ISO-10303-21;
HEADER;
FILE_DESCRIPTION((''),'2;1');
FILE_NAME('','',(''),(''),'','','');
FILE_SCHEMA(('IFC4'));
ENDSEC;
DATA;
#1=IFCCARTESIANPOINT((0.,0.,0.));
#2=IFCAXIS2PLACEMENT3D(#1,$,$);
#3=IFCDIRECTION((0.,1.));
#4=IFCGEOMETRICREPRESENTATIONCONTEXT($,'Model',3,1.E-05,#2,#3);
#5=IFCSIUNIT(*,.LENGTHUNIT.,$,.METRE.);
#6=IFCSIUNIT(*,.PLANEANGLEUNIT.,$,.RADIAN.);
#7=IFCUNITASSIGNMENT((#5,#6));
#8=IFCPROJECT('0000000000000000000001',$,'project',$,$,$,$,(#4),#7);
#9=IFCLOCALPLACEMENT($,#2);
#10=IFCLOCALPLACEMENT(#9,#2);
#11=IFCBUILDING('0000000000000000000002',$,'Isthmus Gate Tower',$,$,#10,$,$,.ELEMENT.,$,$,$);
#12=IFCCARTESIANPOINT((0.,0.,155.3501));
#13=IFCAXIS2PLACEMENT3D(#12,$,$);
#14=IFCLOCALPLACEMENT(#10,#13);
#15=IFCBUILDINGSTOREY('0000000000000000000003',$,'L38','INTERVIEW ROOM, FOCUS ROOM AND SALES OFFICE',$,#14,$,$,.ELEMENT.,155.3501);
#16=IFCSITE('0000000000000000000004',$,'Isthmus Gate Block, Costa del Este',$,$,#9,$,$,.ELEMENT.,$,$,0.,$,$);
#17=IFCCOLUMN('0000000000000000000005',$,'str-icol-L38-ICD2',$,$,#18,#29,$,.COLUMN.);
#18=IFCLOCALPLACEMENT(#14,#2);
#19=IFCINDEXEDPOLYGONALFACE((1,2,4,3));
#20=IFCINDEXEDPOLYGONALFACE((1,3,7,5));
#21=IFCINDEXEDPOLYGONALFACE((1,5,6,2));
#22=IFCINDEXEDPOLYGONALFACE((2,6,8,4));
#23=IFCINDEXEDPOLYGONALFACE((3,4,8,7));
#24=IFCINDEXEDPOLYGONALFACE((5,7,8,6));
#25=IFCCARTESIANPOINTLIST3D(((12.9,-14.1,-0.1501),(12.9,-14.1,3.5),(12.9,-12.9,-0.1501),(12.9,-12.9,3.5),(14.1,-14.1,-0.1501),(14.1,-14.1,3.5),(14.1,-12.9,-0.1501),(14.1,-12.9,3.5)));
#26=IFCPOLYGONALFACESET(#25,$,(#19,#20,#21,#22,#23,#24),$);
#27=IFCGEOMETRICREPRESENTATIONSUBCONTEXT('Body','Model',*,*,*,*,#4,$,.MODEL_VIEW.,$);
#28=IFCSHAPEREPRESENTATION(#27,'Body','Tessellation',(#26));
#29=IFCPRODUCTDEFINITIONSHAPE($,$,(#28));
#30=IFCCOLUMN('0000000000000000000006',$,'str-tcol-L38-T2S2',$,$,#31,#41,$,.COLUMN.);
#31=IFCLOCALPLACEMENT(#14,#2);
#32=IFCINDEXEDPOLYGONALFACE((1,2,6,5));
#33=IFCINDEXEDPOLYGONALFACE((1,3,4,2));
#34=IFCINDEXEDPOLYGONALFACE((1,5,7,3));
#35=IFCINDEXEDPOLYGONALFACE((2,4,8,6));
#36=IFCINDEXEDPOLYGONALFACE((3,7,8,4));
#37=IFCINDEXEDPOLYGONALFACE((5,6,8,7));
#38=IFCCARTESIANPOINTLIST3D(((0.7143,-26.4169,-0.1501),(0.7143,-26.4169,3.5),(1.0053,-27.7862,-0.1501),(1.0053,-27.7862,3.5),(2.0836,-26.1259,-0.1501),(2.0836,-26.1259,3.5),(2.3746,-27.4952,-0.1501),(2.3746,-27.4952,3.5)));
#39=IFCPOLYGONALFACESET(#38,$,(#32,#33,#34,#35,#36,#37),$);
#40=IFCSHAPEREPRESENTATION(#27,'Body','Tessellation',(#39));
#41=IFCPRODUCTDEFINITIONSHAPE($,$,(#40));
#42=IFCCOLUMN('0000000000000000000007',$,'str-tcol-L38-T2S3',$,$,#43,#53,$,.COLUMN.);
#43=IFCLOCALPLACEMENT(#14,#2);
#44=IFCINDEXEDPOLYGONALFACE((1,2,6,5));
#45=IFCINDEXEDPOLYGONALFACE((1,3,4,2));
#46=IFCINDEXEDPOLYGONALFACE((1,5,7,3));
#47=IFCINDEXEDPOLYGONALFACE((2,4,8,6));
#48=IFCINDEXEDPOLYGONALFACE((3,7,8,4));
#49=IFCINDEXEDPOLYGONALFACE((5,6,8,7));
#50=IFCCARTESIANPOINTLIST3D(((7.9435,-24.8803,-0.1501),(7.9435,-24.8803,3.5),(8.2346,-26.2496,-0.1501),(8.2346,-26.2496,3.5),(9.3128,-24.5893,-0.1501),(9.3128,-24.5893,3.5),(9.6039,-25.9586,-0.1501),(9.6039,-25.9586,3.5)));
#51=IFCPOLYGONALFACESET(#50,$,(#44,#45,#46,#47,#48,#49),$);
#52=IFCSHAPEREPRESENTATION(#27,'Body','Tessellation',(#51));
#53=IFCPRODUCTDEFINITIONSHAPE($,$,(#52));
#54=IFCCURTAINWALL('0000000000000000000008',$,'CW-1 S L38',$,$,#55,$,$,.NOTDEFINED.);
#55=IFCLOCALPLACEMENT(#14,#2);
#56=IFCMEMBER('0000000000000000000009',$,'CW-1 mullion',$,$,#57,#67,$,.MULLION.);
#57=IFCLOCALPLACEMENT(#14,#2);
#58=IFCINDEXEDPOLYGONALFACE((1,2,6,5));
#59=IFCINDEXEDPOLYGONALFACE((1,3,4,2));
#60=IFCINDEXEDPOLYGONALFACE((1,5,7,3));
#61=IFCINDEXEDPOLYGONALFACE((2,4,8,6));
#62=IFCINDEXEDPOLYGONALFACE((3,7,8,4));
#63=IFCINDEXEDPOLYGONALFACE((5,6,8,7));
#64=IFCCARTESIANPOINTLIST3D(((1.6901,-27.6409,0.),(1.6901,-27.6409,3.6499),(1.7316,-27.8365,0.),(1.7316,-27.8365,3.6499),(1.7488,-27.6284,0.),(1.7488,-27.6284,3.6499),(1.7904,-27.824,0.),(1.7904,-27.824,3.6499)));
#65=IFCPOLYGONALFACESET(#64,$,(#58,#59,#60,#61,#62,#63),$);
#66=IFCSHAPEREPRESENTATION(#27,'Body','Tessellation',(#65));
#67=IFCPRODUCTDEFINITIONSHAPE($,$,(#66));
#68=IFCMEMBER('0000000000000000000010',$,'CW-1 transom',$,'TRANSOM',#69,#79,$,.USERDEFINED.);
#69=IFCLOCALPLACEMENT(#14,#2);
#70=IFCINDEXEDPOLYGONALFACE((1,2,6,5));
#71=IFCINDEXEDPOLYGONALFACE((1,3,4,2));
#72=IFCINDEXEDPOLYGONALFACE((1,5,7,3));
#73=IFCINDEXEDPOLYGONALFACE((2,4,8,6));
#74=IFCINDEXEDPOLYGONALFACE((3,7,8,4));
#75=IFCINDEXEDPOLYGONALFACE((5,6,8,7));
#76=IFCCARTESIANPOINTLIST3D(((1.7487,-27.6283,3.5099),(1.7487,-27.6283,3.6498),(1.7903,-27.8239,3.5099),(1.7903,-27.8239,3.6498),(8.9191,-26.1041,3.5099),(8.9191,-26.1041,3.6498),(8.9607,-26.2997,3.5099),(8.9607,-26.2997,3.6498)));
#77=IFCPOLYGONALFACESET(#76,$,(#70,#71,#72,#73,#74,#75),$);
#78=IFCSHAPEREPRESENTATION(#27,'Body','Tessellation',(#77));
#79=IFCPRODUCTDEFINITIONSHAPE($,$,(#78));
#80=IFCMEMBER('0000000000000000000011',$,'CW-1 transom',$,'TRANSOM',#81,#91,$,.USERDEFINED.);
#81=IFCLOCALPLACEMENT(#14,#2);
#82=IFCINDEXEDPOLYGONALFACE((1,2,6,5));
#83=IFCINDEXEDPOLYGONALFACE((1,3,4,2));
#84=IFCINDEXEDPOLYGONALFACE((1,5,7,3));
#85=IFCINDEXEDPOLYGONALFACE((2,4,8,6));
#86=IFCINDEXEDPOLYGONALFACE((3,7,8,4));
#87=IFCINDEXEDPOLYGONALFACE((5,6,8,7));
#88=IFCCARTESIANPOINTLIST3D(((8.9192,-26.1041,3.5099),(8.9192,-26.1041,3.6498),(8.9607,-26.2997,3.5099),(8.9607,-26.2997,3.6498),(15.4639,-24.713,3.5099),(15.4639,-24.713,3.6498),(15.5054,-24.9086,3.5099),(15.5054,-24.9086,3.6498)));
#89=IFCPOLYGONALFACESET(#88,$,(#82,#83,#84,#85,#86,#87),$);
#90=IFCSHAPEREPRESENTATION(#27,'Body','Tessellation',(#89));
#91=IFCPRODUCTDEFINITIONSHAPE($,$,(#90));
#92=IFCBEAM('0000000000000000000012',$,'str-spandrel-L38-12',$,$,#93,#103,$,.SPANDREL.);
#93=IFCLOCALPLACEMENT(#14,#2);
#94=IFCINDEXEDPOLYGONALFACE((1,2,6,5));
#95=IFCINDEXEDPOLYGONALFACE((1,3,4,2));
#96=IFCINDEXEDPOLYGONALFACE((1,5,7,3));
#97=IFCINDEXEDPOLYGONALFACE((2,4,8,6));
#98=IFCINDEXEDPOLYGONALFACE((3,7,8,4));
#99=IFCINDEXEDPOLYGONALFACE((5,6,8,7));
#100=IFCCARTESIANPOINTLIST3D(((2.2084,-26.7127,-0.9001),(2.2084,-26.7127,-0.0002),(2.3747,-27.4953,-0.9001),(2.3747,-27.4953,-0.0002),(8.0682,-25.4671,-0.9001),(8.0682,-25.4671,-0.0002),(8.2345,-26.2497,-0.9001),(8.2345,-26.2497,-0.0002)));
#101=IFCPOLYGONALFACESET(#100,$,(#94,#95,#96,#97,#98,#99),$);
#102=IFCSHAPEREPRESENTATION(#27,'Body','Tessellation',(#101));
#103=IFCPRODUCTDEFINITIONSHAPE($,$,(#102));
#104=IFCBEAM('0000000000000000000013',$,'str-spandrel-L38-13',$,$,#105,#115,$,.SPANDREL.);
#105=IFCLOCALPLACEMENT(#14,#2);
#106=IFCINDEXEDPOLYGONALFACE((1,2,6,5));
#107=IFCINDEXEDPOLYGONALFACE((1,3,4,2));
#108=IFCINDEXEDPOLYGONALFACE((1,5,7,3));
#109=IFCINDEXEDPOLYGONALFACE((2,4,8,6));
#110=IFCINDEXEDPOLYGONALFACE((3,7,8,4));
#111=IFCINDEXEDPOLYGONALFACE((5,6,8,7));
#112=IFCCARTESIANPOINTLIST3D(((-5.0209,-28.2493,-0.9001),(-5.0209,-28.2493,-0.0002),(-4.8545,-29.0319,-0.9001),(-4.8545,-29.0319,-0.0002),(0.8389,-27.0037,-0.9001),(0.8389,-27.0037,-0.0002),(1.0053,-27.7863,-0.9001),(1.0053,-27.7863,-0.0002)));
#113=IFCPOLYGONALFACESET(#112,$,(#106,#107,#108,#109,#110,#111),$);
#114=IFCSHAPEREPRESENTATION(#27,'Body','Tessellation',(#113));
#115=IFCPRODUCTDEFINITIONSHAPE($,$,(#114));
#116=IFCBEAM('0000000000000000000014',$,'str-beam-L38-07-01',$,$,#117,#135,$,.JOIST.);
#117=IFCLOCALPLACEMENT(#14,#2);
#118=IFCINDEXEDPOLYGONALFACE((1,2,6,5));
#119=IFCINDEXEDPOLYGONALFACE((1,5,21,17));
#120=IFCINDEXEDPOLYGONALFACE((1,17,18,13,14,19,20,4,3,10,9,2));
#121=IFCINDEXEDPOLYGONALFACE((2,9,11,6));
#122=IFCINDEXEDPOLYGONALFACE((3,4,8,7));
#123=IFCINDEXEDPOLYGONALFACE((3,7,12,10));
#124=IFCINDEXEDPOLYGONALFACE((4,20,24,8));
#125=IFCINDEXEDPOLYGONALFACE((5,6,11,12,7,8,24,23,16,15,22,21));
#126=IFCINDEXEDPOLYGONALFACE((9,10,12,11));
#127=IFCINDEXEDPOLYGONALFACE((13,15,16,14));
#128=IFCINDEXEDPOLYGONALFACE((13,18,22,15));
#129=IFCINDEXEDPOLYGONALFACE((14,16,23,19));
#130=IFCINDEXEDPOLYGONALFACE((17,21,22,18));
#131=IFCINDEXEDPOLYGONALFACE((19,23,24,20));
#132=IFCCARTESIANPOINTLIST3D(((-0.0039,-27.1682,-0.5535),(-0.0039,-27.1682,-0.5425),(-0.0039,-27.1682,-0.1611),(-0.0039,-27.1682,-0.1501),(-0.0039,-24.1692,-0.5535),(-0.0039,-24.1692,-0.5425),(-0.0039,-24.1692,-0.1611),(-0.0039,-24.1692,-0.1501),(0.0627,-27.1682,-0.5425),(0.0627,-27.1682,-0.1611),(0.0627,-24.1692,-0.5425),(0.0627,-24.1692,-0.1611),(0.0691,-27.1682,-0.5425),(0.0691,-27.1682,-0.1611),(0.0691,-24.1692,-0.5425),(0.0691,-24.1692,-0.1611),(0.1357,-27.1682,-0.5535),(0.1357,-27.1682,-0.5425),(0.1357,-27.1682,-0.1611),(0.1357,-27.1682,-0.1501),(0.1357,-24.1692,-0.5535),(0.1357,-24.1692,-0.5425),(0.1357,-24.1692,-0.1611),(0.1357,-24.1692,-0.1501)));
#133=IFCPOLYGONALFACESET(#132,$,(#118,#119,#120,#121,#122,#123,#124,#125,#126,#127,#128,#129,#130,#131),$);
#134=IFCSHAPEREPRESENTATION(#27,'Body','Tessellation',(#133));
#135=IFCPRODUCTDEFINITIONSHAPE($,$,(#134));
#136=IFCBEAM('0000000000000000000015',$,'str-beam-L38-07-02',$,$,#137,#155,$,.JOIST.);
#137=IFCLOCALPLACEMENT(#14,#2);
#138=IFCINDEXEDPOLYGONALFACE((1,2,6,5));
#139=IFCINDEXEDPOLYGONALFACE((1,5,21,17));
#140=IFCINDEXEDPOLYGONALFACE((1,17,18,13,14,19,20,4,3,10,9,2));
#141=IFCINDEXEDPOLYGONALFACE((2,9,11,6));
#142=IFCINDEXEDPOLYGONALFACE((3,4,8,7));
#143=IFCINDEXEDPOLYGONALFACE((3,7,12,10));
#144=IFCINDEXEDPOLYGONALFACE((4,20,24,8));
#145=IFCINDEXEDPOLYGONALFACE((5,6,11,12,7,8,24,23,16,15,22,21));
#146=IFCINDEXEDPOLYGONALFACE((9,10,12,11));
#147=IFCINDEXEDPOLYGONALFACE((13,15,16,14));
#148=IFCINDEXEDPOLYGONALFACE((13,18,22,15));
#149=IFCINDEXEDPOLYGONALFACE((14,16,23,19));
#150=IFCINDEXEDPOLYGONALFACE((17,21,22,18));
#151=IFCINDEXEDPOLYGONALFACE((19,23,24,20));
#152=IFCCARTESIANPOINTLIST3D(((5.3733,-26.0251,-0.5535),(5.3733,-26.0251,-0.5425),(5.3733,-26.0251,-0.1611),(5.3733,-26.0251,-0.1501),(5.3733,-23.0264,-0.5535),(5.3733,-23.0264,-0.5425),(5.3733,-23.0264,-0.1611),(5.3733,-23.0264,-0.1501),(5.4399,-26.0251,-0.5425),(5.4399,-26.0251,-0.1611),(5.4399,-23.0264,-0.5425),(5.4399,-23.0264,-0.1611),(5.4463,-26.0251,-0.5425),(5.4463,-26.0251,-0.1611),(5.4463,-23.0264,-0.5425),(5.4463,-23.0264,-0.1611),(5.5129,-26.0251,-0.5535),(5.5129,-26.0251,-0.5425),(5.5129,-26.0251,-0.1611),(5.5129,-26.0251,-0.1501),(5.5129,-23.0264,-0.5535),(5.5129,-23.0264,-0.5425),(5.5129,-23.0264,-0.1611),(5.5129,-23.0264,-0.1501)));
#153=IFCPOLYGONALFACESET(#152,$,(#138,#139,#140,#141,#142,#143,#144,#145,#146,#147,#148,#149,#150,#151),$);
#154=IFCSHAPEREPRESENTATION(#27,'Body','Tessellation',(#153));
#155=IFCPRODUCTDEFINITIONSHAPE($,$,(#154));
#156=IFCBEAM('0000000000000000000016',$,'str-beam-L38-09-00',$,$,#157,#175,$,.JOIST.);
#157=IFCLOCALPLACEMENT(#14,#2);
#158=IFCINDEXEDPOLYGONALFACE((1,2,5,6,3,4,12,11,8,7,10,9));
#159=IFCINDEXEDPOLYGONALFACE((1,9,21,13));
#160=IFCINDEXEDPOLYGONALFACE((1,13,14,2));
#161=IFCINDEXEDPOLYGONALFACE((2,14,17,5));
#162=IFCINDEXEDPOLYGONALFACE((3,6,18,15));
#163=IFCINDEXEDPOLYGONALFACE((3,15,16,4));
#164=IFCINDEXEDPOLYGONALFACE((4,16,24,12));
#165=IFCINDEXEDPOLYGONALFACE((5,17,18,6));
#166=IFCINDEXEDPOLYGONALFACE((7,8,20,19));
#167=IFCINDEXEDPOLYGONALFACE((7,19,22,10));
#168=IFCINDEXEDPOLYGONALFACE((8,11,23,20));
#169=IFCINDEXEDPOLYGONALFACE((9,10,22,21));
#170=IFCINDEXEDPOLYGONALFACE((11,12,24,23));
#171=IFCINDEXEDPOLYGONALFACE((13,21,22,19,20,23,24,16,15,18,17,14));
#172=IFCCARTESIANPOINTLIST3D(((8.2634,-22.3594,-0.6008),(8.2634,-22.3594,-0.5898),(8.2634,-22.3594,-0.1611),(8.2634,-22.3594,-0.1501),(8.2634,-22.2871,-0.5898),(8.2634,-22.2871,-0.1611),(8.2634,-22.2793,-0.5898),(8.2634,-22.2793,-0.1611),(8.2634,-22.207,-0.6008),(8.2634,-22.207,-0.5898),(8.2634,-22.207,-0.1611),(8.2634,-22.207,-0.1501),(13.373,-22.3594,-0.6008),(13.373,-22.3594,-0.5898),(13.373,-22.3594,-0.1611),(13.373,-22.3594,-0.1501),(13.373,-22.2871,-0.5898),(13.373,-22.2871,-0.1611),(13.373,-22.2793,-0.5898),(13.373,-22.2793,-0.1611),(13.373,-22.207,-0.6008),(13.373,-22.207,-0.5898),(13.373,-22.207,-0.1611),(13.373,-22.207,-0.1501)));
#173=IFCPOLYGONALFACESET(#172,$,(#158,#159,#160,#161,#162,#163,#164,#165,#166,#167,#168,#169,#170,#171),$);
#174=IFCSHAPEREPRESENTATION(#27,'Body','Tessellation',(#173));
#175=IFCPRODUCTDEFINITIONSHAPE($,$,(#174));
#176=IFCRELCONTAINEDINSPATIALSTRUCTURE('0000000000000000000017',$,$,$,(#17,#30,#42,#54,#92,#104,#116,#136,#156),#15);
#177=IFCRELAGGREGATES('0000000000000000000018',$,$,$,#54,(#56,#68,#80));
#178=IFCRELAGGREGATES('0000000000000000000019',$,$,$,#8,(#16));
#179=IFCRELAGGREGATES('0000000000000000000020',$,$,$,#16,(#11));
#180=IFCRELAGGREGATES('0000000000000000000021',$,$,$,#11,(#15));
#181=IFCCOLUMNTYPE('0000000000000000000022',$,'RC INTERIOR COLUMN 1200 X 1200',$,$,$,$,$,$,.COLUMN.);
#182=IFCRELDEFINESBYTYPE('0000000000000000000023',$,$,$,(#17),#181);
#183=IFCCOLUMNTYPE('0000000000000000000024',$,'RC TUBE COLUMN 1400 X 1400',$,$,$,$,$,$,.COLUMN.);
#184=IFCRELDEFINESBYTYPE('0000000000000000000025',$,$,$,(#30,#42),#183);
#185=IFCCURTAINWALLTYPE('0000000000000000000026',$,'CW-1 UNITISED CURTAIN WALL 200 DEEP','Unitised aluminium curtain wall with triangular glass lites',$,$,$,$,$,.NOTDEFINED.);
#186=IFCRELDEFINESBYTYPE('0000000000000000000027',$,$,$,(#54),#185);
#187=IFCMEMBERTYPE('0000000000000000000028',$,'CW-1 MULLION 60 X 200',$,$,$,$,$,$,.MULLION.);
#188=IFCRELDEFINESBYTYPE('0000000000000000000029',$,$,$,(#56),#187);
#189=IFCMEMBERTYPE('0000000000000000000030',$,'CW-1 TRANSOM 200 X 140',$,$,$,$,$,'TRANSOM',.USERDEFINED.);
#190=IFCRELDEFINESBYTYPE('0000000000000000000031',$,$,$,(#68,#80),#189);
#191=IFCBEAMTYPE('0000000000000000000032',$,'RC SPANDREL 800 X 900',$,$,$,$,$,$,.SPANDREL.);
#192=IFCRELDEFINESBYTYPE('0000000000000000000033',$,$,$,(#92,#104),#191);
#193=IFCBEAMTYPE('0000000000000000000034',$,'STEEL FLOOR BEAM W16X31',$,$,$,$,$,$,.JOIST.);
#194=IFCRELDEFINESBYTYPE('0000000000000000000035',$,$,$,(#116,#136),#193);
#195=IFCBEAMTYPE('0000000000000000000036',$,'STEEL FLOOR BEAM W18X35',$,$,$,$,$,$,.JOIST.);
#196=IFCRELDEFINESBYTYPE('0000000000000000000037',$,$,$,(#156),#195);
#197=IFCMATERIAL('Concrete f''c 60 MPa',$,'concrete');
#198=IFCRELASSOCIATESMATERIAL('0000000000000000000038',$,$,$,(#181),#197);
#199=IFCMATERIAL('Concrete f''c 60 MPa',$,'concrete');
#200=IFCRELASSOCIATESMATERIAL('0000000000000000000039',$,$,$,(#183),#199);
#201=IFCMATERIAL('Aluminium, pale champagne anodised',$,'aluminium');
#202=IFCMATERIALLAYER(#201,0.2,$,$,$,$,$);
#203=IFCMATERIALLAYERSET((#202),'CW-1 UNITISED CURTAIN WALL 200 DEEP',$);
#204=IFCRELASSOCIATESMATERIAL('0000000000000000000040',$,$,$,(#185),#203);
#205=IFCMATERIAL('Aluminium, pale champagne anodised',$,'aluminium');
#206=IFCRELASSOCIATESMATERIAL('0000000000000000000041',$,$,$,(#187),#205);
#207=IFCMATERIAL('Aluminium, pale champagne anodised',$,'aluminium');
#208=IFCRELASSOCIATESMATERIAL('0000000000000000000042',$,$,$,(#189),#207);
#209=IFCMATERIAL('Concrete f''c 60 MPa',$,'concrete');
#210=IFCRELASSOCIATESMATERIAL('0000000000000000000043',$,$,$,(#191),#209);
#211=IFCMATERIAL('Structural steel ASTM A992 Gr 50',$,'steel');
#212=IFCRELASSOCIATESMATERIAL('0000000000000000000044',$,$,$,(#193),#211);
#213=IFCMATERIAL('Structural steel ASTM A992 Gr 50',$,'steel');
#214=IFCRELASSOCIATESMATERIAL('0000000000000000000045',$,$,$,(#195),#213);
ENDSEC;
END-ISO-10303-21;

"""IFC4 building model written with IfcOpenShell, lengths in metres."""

from ifc_helpers import new_model, si_unit, direction, frame, origin, origin_2d, place, context, subcontext, project, spatial, rectangle, i_section, extrude, material, layer, layer_set, material_profile, profile_set, type_object, element, aggregate, save


model = new_model("IFC4")

# Units and contexts
model_context = context("Model", 3, precision=1e-05, world=origin(), true_north=direction((0.0, 1.0)))
body_context = subcontext(model_context, "Body", "Model", "MODEL_VIEW")
ifc_project = project(units=[si_unit("LENGTHUNIT", "METRE"), si_unit("PLANEANGLEUNIT", "RADIAN")], contexts=[model_context])

# Site, building, storey
site_placement = place(None, origin())
site = spatial("IfcSite", under=ifc_project, at=site_placement, Name="Isthmus Gate Block, Costa del Este", CompositionType="ELEMENT", RefElevation=0.0)
building_placement = place(site_placement, origin())
building = spatial("IfcBuilding", under=site, at=building_placement, Name="Isthmus Gate Tower", CompositionType="ELEMENT")
storey_placement = place(building_placement, frame((0.0, 0.0, 155.3501)))
storey = spatial("IfcBuildingStorey", under=building, at=storey_placement, Name="L38", Description="INTERVIEW ROOM, FOCUS ROOM AND SALES OFFICE", CompositionType="ELEMENT", Elevation=155.3501)

# Columns
ifc_material_1 = material(Name="Concrete f'c 60 MPa", Category="concrete")
ifc_material_profile_1 = material_profile(ifc_material_1, rectangle(XDim=1.2, YDim=1.2, at=origin_2d()), Name="RC 1200X1200")
ifc_profile_set_1 = profile_set([ifc_material_profile_1], Name="Concrete f'c 60 MPa")
column_type_1 = type_object("IfcColumnType", Name="RC INTERIOR COLUMN 1200 X 1200", PredefinedType="COLUMN", material=ifc_profile_set_1)
column_placement = place(storey_placement, frame((13.5, -13.5, -0.1501), z_axis=(0.0, 0.0, 1.0), x_axis=(1.0, 0.0, 0.0)))
element("IfcColumn", 1, at=column_placement, inside=storey, type_object=column_type_1, Name="str-icol-L38-ICD2", PredefinedType="COLUMN", context=body_context, shape_type="SweptSolid", body=[
    extrude(rectangle(XDim=1.2, YDim=1.2, at=origin_2d()), origin(), (0.0, 0.0, 1.0), 3.6501),
])
ifc_material_2 = material(Name="Concrete f'c 60 MPa", Category="concrete")
ifc_material_profile_2 = material_profile(ifc_material_2, rectangle(XDim=1.3999, YDim=1.3999, at=origin_2d()), Name="RC 1400X1400")
ifc_profile_set_2 = profile_set([ifc_material_profile_2], Name="Concrete f'c 60 MPa")
column_type_2 = type_object("IfcColumnType", Name="RC TUBE COLUMN 1400 X 1400", PredefinedType="COLUMN", material=ifc_profile_set_2)
for number, where, z_axis, x_axis, name in (
    (2, (1.5444, -26.9561, -0.1501), (0.0, 0.0, 1.0), (0.978148, 0.207912, 0.0), "str-tcol-L38-T2S2"),
    (3, (8.7737, -25.4194, -0.1501), (0.0, 0.0, 1.0), (0.978148, 0.207912, 0.0), "str-tcol-L38-T2S3"),
):
    element("IfcColumn", number, at=place(storey_placement, frame(where, z_axis=z_axis, x_axis=x_axis)), inside=storey, type_object=column_type_2, Name=name, PredefinedType="COLUMN", context=body_context, shape_type="SweptSolid", body=[
        extrude(rectangle(XDim=1.3999, YDim=1.3999, at=origin_2d()), origin(), (0.0, 0.0, 1.0), 3.6501),
    ])

# Curtain wall, members
ifc_material_3 = material(Name="Aluminium, pale champagne anodised", Category="aluminium")
ifc_layer_1 = layer(ifc_material_3, 0.2)
ifc_layer_set_1 = layer_set([ifc_layer_1], Name="CW-1 UNITISED CURTAIN WALL 200 DEEP")
curtain_wall_type = type_object("IfcCurtainWallType", Name="CW-1 UNITISED CURTAIN WALL 200 DEEP", Description="Unitised aluminium curtain wall with triangular glass lites", PredefinedType="NOTDEFINED", material=ifc_layer_set_1)
curtain_wall_placement = place(storey_placement, origin())
curtain_wall = element("IfcCurtainWall", 4, at=curtain_wall_placement, inside=storey, type_object=curtain_wall_type, Name="CW-1 S L38", PredefinedType="NOTDEFINED")
ifc_material_4 = material(Name="Aluminium, pale champagne anodised", Category="aluminium")
ifc_material_profile_3 = material_profile(ifc_material_4, rectangle(XDim=0.0601, YDim=0.2, at=origin_2d()), Name="60x200")
ifc_profile_set_3 = profile_set([ifc_material_profile_3], Name="Aluminium, pale champagne anodised")
member_type_1 = type_object("IfcMemberType", Name="CW-1 MULLION 60 X 200", PredefinedType="MULLION", material=ifc_profile_set_3)
member_1_placement = place(storey_placement, frame((1.7402, -27.7324, 0.0), z_axis=(0.0, 0.0, 1.0), x_axis=(0.978148, 0.207912, 0.0)))
member_1 = element("IfcMember", 5, at=member_1_placement, type_object=member_type_1, Name="CW-1 mullion", PredefinedType="MULLION", context=body_context, shape_type="SweptSolid", body=[
    extrude(rectangle(XDim=0.0601, YDim=0.2, at=origin_2d()), origin(), (0.0, 0.0, 1.0), 3.6499),
])
ifc_material_5 = material(Name="Aluminium, pale champagne anodised", Category="aluminium")
ifc_material_profile_4 = material_profile(ifc_material_5, rectangle(XDim=0.2, YDim=0.1399, at=origin_2d()), Name="200x140")
ifc_profile_set_4 = profile_set([ifc_material_profile_4], Name="Aluminium, pale champagne anodised")
member_type_2 = type_object("IfcMemberType", Name="CW-1 TRANSOM 200 X 140", ElementType="TRANSOM", PredefinedType="USERDEFINED", material=ifc_profile_set_4)
member_2_placement = place(storey_placement, frame((1.7695, -27.7261, 3.5798), z_axis=(0.978146, 0.207919, 0.0), x_axis=(-0.207919, 0.978146, 0.0)))
member_2 = element("IfcMember", 6, at=member_2_placement, type_object=member_type_2, Name="CW-1 transom", ObjectType="TRANSOM", PredefinedType="USERDEFINED", context=body_context, shape_type="SweptSolid", body=[
    extrude(rectangle(XDim=0.2, YDim=0.1399, at=origin_2d()), origin(), (0.0, 0.0, 1.0), 7.3306),
])
member_3_placement = place(storey_placement, frame((8.9399, -26.2019, 3.5798), z_axis=(0.978148, 0.207912, 0.0), x_axis=(-0.207912, 0.978148, 0.0)))
member_3 = element("IfcMember", 7, at=member_3_placement, type_object=member_type_2, Name="CW-1 transom", ObjectType="TRANSOM", PredefinedType="USERDEFINED", context=body_context, shape_type="SweptSolid", body=[
    extrude(rectangle(XDim=0.2, YDim=0.1399, at=origin_2d()), origin(), (0.0, 0.0, 1.0), 6.6909),
])

# Beams
ifc_material_6 = material(Name="Concrete f'c 60 MPa", Category="concrete")
ifc_material_profile_5 = material_profile(ifc_material_6, rectangle(XDim=0.8, YDim=0.8999, at=origin_2d()), Name="RC 800X900")
ifc_profile_set_5 = profile_set([ifc_material_profile_5], Name="Concrete f'c 60 MPa")
beam_type_1 = type_object("IfcBeamType", Name="RC SPANDREL 800 X 900", PredefinedType="SPANDREL", material=ifc_profile_set_5)
for number, where, z_axis, x_axis, name in (
    (8, (8.1514, -25.8584, -0.4502), (-0.978146, -0.20792, 0.0), (0.20792, -0.978146, 0.0), "str-spandrel-L38-12"),
    (9, (0.9221, -27.395, -0.4502), (-0.978146, -0.20792, 0.0), (0.20792, -0.978146, 0.0), "str-spandrel-L38-13"),
):
    element("IfcBeam", number, at=place(storey_placement, frame(where, z_axis=z_axis, x_axis=x_axis)), inside=storey, type_object=beam_type_1, Name=name, PredefinedType="SPANDREL", context=body_context, shape_type="SweptSolid", body=[
        extrude(rectangle(XDim=0.8, YDim=0.8999, at=origin_2d()), origin(), (0.0, 0.0, 1.0), 5.9907),
    ])
ifc_material_7 = material(Name="Structural steel ASTM A992 Gr 50", Category="steel")
ifc_material_profile_6 = material_profile(ifc_material_7, i_section(OverallWidth=0.1396, OverallDepth=0.4033, WebThickness=0.0063, FlangeThickness=0.011, at=origin_2d()), Name="W16X31")
ifc_profile_set_6 = profile_set([ifc_material_profile_6], Name="Structural steel ASTM A992 Gr 50")
beam_type_2 = type_object("IfcBeamType", Name="STEEL FLOOR BEAM W16X31", PredefinedType="JOIST", material=ifc_profile_set_6)
beam_1_placement = place(storey_placement, frame((0.0659, -27.1682, -0.3518), z_axis=(0.0, 1.0, 0.0), x_axis=(-1.0, 0.0, 0.0)))
element("IfcBeam", 10, at=beam_1_placement, inside=storey, type_object=beam_type_2, Name="str-beam-L38-07-01", PredefinedType="JOIST", context=body_context, shape_type="SweptSolid", body=[
    extrude(i_section(OverallWidth=0.1396, OverallDepth=0.4033, WebThickness=0.0063, FlangeThickness=0.011, at=origin_2d()), origin(), (0.0, 0.0, 1.0), 2.999),
])
beam_2_placement = place(storey_placement, frame((5.4431, -26.0251, -0.3518), z_axis=(0.0, 1.0, 0.0), x_axis=(-1.0, 0.0, 0.0)))
element("IfcBeam", 11, at=beam_2_placement, inside=storey, type_object=beam_type_2, Name="str-beam-L38-07-02", PredefinedType="JOIST", context=body_context, shape_type="SweptSolid", body=[
    extrude(i_section(OverallWidth=0.1396, OverallDepth=0.4033, WebThickness=0.0063, FlangeThickness=0.011, at=origin_2d()), origin(), (0.0, 0.0, 1.0), 2.9988),
])
ifc_material_8 = material(Name="Structural steel ASTM A992 Gr 50", Category="steel")
ifc_material_profile_7 = material_profile(ifc_material_8, i_section(OverallWidth=0.1523, OverallDepth=0.4507, WebThickness=0.0078, FlangeThickness=0.011, at=origin_2d()), Name="W18X35")
ifc_profile_set_7 = profile_set([ifc_material_profile_7], Name="Structural steel ASTM A992 Gr 50")
beam_type_3 = type_object("IfcBeamType", Name="STEEL FLOOR BEAM W18X35", PredefinedType="JOIST", material=ifc_profile_set_7)
for number, where, z_axis, x_axis, name in (
    (12, (8.2634, -22.2832, -0.3755), (1.0, 0.0, 0.0), (0.0, 1.0, 0.0), "str-beam-L38-09-00"),
):
    element("IfcBeam", number, at=place(storey_placement, frame(where, z_axis=z_axis, x_axis=x_axis)), inside=storey, type_object=beam_type_3, Name=name, PredefinedType="JOIST", context=body_context, shape_type="SweptSolid", body=[
        extrude(i_section(OverallWidth=0.1523, OverallDepth=0.4507, WebThickness=0.0078, FlangeThickness=0.011, at=origin_2d()), origin(), (0.0, 0.0, 1.0), 5.1096),
    ])

aggregate(curtain_wall, [member_1, member_2, member_3])

save(model, "model.ifc")
